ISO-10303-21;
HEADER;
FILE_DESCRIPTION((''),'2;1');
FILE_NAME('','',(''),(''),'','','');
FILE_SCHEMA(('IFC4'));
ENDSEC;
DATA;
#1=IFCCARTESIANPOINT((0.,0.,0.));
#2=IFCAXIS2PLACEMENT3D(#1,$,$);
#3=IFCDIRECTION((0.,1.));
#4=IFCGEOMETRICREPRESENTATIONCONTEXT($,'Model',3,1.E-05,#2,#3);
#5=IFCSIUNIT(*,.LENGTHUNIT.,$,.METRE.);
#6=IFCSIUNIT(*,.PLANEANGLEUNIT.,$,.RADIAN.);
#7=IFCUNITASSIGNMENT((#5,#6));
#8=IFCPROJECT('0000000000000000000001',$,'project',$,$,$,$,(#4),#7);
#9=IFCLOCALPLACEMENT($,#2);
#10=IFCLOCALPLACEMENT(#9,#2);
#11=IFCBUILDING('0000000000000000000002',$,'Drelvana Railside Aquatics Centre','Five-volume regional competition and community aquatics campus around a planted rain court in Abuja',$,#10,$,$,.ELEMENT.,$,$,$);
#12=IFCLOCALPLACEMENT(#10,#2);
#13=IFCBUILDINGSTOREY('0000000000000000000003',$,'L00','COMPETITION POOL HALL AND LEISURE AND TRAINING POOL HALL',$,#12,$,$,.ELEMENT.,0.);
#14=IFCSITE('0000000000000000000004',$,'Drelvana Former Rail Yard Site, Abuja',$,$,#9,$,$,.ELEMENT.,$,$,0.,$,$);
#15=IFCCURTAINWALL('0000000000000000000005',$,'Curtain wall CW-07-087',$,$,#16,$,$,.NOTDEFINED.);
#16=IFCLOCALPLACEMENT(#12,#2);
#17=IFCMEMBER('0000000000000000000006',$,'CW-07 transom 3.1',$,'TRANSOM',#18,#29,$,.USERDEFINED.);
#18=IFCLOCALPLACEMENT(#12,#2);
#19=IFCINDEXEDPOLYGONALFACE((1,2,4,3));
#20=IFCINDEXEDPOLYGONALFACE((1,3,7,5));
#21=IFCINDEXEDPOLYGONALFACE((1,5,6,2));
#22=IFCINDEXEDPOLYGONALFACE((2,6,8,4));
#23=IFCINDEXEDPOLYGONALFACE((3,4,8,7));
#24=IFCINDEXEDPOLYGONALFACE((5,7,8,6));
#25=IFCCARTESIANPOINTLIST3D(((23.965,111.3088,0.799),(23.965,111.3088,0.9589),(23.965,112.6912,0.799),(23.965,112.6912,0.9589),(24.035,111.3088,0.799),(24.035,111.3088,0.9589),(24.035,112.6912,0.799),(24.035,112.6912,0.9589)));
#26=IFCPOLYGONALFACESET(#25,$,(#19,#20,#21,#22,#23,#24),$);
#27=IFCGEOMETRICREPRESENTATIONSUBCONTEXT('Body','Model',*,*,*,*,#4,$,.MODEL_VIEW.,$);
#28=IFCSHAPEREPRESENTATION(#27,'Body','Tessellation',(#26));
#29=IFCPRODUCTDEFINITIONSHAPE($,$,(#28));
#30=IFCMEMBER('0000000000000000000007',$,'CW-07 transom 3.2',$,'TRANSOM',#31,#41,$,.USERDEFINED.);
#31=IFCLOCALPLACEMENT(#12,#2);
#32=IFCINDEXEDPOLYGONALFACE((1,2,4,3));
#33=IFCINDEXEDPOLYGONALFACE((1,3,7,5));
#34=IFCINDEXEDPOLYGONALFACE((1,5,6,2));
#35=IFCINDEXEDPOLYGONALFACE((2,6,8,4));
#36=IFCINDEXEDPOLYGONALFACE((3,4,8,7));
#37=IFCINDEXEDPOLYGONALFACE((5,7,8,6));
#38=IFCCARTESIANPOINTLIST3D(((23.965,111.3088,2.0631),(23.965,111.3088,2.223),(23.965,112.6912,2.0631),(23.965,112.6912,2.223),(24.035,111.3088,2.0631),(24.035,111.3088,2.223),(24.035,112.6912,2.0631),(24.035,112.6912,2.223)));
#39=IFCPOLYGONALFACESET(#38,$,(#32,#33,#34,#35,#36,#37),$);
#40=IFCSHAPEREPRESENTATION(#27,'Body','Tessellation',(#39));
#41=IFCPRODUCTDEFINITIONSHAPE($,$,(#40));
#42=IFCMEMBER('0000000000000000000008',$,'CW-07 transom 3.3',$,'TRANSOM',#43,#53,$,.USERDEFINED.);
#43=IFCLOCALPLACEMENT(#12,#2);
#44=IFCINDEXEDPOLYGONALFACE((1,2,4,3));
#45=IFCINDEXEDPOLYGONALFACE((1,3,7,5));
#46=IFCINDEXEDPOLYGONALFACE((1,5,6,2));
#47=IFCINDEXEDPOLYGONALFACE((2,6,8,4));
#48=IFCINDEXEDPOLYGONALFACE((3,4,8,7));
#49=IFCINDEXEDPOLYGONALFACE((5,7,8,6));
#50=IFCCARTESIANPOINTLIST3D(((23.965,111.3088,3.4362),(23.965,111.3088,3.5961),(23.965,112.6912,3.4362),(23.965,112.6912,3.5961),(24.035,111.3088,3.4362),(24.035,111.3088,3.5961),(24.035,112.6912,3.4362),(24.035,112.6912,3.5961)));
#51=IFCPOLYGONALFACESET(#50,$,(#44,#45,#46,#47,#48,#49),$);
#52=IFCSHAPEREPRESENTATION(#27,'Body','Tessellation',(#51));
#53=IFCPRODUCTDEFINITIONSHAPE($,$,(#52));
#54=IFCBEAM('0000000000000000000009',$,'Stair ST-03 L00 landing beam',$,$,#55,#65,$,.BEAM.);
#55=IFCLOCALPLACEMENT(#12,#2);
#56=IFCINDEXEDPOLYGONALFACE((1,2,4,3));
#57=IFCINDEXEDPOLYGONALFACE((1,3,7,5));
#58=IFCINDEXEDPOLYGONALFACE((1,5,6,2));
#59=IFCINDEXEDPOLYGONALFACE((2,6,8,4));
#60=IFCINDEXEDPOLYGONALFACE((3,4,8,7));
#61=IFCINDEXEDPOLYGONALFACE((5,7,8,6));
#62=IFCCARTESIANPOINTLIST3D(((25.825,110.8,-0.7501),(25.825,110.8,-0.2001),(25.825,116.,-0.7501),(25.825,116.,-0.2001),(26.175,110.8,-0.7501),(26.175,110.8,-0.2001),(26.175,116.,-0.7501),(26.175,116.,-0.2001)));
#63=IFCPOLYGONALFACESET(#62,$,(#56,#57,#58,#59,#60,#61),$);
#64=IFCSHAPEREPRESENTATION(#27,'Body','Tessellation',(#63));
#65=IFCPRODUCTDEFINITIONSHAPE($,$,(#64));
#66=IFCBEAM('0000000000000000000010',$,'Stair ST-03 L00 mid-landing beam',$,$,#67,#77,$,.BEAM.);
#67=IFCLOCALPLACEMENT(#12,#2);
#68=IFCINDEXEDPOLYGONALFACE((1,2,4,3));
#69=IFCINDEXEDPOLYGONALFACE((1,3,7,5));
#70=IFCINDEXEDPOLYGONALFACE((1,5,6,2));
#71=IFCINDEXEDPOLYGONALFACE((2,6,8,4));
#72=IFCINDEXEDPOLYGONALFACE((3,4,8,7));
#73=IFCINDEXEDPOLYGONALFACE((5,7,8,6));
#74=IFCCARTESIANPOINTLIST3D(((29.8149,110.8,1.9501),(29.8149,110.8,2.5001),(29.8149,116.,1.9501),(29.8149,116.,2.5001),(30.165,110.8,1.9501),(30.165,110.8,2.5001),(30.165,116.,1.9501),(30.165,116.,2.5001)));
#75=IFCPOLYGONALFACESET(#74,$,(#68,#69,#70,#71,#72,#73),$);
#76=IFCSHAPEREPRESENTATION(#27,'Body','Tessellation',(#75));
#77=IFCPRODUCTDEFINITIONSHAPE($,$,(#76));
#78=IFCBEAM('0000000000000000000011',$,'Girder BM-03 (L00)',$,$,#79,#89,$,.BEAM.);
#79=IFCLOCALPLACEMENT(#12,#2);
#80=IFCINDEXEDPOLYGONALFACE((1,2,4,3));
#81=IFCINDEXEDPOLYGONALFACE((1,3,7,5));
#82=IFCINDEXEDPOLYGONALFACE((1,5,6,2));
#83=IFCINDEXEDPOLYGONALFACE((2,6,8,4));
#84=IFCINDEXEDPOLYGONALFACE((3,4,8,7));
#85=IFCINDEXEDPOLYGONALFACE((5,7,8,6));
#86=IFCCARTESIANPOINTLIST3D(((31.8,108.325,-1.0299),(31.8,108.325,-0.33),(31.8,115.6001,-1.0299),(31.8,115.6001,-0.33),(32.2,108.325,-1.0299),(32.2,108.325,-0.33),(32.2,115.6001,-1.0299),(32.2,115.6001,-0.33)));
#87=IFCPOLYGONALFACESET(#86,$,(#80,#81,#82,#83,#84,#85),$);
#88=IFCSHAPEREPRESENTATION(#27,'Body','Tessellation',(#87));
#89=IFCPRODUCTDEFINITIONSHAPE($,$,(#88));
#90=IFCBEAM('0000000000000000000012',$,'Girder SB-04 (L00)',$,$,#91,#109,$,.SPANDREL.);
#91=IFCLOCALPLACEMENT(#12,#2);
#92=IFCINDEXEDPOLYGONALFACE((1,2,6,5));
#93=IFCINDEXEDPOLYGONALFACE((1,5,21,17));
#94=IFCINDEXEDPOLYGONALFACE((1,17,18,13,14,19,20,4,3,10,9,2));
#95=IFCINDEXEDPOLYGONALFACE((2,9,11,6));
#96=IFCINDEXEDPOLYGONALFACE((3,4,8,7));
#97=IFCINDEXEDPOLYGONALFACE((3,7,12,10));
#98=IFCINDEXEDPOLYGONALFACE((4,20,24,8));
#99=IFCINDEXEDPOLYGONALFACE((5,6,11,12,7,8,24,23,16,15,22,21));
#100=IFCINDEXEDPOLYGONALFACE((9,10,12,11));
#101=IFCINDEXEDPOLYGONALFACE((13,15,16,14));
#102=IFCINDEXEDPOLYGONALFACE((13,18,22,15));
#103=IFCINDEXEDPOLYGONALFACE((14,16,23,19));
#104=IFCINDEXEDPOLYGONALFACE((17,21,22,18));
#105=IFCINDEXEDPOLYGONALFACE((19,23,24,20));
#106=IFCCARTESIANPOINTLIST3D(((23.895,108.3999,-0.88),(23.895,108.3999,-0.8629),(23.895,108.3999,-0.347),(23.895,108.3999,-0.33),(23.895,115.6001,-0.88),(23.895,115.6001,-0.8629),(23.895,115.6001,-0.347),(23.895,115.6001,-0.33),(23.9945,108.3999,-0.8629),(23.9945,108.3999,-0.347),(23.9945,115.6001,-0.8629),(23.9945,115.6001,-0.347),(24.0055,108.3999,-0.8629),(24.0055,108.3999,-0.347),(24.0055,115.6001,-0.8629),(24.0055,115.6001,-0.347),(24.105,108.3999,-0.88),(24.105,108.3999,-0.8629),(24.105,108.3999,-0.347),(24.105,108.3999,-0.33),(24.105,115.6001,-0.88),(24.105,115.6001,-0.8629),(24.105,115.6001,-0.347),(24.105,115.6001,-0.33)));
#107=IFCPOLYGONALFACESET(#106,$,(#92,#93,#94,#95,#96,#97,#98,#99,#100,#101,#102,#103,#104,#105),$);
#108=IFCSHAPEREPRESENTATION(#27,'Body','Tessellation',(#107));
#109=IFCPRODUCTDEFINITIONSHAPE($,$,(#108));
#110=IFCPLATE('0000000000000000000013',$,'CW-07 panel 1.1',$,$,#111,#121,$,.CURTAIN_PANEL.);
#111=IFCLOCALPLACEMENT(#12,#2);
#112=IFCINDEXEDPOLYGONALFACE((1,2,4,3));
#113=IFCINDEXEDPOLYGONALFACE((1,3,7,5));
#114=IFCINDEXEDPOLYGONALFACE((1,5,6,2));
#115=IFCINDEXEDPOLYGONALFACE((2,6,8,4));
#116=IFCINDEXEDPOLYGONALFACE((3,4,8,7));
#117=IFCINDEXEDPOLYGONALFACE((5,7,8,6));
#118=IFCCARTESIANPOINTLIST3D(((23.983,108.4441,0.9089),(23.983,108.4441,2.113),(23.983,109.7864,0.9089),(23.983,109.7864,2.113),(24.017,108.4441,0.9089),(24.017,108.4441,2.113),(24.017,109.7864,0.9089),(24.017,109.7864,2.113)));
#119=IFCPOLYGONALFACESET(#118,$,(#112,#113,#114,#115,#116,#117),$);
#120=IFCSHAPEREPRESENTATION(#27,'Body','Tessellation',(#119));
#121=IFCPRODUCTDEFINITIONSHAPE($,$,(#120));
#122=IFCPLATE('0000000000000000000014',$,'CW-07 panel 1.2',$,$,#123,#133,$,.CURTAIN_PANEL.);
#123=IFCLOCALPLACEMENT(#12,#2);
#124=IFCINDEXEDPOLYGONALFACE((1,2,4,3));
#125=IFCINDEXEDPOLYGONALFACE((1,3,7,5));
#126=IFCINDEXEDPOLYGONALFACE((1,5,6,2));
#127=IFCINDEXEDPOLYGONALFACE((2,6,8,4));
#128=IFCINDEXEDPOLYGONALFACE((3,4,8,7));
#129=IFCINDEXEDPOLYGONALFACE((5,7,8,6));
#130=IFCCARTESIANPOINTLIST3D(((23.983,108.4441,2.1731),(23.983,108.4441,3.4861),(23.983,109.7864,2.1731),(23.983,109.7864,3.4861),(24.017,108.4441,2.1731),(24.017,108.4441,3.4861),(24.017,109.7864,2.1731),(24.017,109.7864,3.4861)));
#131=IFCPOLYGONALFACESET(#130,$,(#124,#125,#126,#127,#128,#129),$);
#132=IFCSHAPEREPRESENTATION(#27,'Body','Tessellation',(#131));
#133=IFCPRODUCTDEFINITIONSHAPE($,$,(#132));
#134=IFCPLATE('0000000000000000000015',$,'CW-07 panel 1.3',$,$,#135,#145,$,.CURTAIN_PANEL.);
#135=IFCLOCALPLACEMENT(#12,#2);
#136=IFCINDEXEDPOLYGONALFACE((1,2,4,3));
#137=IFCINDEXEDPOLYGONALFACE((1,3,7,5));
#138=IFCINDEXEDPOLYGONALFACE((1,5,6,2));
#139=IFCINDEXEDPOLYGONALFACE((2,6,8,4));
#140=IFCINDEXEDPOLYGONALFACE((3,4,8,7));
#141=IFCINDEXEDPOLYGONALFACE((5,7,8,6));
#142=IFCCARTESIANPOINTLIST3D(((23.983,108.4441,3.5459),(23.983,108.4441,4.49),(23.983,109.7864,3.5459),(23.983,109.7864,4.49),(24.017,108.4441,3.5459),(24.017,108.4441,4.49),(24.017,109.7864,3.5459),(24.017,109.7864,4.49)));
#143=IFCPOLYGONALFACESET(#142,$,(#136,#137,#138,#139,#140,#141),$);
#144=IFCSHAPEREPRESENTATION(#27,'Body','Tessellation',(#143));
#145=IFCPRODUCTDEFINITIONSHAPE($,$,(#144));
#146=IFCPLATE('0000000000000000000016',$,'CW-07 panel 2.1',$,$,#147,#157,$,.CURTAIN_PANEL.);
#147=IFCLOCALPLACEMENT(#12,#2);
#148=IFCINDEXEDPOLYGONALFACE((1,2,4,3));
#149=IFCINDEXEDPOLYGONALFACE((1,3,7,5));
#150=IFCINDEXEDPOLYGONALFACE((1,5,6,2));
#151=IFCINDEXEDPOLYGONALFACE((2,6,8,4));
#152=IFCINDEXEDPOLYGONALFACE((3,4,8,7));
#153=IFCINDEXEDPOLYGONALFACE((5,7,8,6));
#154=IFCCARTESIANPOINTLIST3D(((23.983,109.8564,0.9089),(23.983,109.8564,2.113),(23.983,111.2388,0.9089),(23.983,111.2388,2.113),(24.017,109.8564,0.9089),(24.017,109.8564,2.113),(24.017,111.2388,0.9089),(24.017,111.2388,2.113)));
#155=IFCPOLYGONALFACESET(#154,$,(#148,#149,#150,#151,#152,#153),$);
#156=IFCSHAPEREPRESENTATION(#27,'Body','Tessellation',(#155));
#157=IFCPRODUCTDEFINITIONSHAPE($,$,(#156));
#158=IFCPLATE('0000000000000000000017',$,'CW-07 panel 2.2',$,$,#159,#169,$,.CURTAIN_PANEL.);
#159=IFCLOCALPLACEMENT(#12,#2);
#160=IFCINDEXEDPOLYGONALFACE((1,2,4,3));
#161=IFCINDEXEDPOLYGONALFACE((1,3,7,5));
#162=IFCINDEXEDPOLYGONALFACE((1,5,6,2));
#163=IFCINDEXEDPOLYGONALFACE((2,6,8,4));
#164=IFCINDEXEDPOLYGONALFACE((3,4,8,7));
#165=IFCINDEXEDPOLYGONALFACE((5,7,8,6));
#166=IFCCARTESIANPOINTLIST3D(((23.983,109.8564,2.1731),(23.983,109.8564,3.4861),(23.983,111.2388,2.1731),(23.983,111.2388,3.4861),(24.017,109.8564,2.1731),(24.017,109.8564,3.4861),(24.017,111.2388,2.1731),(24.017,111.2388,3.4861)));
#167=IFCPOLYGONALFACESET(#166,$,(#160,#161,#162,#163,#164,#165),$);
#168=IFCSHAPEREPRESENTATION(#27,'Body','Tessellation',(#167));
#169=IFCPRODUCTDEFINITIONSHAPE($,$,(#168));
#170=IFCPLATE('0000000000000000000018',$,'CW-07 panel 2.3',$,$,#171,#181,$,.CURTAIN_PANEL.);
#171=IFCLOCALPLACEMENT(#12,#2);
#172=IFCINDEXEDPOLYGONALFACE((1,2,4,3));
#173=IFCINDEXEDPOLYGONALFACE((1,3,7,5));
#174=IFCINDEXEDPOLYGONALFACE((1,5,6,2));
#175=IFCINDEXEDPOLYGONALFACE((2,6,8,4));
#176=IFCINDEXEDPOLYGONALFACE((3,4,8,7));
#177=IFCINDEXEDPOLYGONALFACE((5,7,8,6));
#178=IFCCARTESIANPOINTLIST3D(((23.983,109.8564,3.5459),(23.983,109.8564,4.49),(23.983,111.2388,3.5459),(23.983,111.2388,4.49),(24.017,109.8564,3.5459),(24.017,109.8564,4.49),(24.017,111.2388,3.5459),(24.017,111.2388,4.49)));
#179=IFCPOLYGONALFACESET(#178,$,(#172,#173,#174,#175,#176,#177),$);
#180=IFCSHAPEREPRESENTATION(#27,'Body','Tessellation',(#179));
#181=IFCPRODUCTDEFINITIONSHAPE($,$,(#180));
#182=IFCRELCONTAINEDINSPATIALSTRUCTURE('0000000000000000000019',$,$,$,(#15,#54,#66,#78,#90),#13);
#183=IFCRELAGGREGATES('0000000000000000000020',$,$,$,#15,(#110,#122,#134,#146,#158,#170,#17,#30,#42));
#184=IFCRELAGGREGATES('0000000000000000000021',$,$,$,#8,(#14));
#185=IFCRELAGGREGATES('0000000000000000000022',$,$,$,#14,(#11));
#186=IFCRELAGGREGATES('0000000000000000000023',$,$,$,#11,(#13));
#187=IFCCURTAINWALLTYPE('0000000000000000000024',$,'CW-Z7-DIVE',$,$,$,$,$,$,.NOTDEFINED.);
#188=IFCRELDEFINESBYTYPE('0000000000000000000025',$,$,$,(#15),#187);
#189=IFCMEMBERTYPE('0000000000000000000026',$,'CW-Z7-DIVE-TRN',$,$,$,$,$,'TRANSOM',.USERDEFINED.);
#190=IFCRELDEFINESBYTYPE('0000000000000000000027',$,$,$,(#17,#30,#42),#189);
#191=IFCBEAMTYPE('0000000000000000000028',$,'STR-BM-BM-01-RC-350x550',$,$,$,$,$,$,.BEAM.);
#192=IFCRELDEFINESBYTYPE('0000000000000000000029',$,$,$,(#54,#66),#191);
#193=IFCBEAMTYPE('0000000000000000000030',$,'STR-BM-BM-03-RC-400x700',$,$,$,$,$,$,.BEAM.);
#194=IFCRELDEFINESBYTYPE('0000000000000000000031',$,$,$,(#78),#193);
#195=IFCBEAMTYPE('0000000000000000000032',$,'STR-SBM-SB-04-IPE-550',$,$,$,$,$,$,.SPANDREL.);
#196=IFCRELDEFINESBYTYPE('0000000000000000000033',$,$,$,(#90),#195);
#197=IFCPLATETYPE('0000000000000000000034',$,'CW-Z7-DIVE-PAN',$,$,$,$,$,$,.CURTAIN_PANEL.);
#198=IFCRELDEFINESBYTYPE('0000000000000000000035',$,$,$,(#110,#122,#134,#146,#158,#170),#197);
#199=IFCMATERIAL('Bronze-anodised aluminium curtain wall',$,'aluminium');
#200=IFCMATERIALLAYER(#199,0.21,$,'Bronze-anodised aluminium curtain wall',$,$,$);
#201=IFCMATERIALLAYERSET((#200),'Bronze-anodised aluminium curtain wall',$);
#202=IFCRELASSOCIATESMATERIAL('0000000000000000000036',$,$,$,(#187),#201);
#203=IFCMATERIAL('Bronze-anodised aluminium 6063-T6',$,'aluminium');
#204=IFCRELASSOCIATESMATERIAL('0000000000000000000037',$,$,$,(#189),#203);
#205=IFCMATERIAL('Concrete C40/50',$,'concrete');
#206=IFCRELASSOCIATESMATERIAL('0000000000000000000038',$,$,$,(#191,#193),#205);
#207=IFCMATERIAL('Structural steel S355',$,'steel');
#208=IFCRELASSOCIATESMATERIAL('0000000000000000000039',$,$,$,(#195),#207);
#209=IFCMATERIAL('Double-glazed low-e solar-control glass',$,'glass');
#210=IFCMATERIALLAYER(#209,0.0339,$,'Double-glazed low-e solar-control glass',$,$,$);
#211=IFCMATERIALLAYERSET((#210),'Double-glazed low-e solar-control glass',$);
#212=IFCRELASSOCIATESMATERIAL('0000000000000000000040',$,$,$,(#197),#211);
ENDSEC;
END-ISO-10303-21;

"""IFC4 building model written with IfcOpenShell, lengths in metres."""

from ifc_helpers import new_model, si_unit, direction, frame, origin, origin_2d, place, context, subcontext, project, spatial, rectangle, i_section, extrude, material, layer, layer_set, material_profile, profile_set, type_object, element, aggregate, save


model = new_model("IFC4")

# Units and contexts
model_context = context("Model", 3, precision=1e-05, world=origin(), true_north=direction((0.0, 1.0)))
body_context = subcontext(model_context, "Body", "Model", "MODEL_VIEW")
ifc_project = project(units=[si_unit("LENGTHUNIT", "METRE"), si_unit("PLANEANGLEUNIT", "RADIAN")], contexts=[model_context])

# Site, building, storey
site_placement = place(None, origin())
site = spatial("IfcSite", under=ifc_project, at=site_placement, Name="Drelvana Former Rail Yard Site, Abuja", CompositionType="ELEMENT", RefElevation=0.0)
building_placement = place(site_placement, origin())
building = spatial("IfcBuilding", under=site, at=building_placement, Name="Drelvana Railside Aquatics Centre", Description="Five-volume regional competition and community aquatics campus around a planted rain court in Abuja", CompositionType="ELEMENT")
storey_placement = place(building_placement, origin())
storey = spatial("IfcBuildingStorey", under=building, at=storey_placement, Name="L00", Description="COMPETITION POOL HALL AND LEISURE AND TRAINING POOL HALL", CompositionType="ELEMENT", Elevation=0.0)

# Shared definitions
ifc_material_1 = material(Name="Concrete C40/50", Category="concrete")

# Shared definitions
ifc_material_2 = material(Name="Bronze-anodised aluminium curtain wall", Category="aluminium")
ifc_layer_1 = layer(ifc_material_2, 0.21, Name="Bronze-anodised aluminium curtain wall")
ifc_layer_set_1 = layer_set([ifc_layer_1], Name="Bronze-anodised aluminium curtain wall")
curtain_wall_type = type_object("IfcCurtainWallType", Name="CW-Z7-DIVE", PredefinedType="NOTDEFINED", material=ifc_layer_set_1)
ifc_material_3 = material(Name="Bronze-anodised aluminium 6063-T6", Category="aluminium")

# Curtain wall, members
curtain_wall_1_placement = place(storey_placement, origin())
curtain_wall_1 = element("IfcCurtainWall", 1, at=curtain_wall_1_placement, inside=storey, type_object=curtain_wall_type, Name="Curtain wall CW-07-087", PredefinedType="NOTDEFINED")
ifc_material_profile_1 = material_profile(ifc_material_3, rectangle(XDim=0.1599, YDim=0.0701, at=origin_2d()), Name="ALU-T 70x160")
ifc_profile_set_1 = profile_set([ifc_material_profile_1], Name="Bronze-anodised aluminium 6063-T6")
member_type_1 = type_object("IfcMemberType", Name="CW-Z7-DIVE-TRN", ElementType="TRANSOM", PredefinedType="USERDEFINED", material=ifc_profile_set_1)
member_1_placement = place(storey_placement, frame((24.0, 111.3088, 0.8789), z_axis=(0.0, 1.0, 0.0), x_axis=(0.0, 0.0, 1.0)))
member_1 = element("IfcMember", 2, at=member_1_placement, type_object=member_type_1, Name="CW-07 transom 3.1", ObjectType="TRANSOM", PredefinedType="USERDEFINED", context=body_context, shape_type="SweptSolid", body=[
    extrude(rectangle(XDim=0.1599, YDim=0.0701, at=origin_2d()), origin(), (0.0, 0.0, 1.0), 1.3823),
])
member_2_placement = place(storey_placement, frame((24.0, 111.3088, 2.1431), z_axis=(0.0, 1.0, 0.0), x_axis=(0.0, 0.0, 1.0)))
member_2 = element("IfcMember", 3, at=member_2_placement, type_object=member_type_1, Name="CW-07 transom 3.2", ObjectType="TRANSOM", PredefinedType="USERDEFINED", context=body_context, shape_type="SweptSolid", body=[
    extrude(rectangle(XDim=0.1599, YDim=0.0701, at=origin_2d()), origin(), (0.0, 0.0, 1.0), 1.3823),
])
member_3_placement = place(storey_placement, frame((24.0, 111.3088, 3.5161), z_axis=(0.0, 1.0, 0.0), x_axis=(0.0, 0.0, 1.0)))
member_3 = element("IfcMember", 4, at=member_3_placement, type_object=member_type_1, Name="CW-07 transom 3.3", ObjectType="TRANSOM", PredefinedType="USERDEFINED", context=body_context, shape_type="SweptSolid", body=[
    extrude(rectangle(XDim=0.1599, YDim=0.0701, at=origin_2d()), origin(), (0.0, 0.0, 1.0), 1.3823),
])

# Beams
ifc_material_profile_2 = material_profile(ifc_material_1, rectangle(XDim=0.3501, YDim=0.55, at=origin_2d()), Name="RC 350x550")
ifc_profile_set_2 = profile_set([ifc_material_profile_2], Name="Concrete C40/50")
beam_type_1 = type_object("IfcBeamType", Name="STR-BM-BM-01-RC-350x550", PredefinedType="BEAM", material=ifc_profile_set_2)
for number, where, z_axis, x_axis, name in (
    (5, (26.0, 110.8, -0.4751), (0.0, 1.0, 0.0), (-1.0, 0.0, 0.0), "Stair ST-03 L00 landing beam"),
    (6, (29.99, 110.8, 2.2251), (0.0, 1.0, 0.0), (-1.0, 0.0, 0.0), "Stair ST-03 L00 mid-landing beam"),
):
    element("IfcBeam", number, at=place(storey_placement, frame(where, z_axis=z_axis, x_axis=x_axis)), inside=storey, type_object=beam_type_1, Name=name, PredefinedType="BEAM", context=body_context, shape_type="SweptSolid", body=[
        extrude(rectangle(XDim=0.3501, YDim=0.55, at=origin_2d()), origin(), (0.0, 0.0, 1.0), 5.2),
    ])
ifc_material_profile_3 = material_profile(ifc_material_1, rectangle(XDim=0.3999, YDim=0.7, at=origin_2d()), Name="RC 400x700")
ifc_profile_set_3 = profile_set([ifc_material_profile_3], Name="Concrete C40/50")
beam_type_2 = type_object("IfcBeamType", Name="STR-BM-BM-03-RC-400x700", PredefinedType="BEAM", material=ifc_profile_set_3)
beam_1_placement = place(storey_placement, frame((32.0, 108.325, -0.6799), z_axis=(0.0, 1.0, 0.0), x_axis=(-1.0, 0.0, 0.0)))
element("IfcBeam", 7, at=beam_1_placement, inside=storey, type_object=beam_type_2, Name="Girder BM-03 (L00)", PredefinedType="BEAM", context=body_context, shape_type="SweptSolid", body=[
    extrude(rectangle(XDim=0.3999, YDim=0.7, at=origin_2d()), origin(), (0.0, 0.0, 1.0), 7.2751),
])
ifc_material_4 = material(Name="Structural steel S355", Category="steel")
ifc_material_profile_4 = material_profile(ifc_material_4, i_section(OverallWidth=0.21, OverallDepth=0.55, WebThickness=0.011, FlangeThickness=0.0171, at=origin_2d()), Name="IPE 550")
ifc_profile_set_4 = profile_set([ifc_material_profile_4], Name="Structural steel S355")
beam_type_3 = type_object("IfcBeamType", Name="STR-SBM-SB-04-IPE-550", PredefinedType="SPANDREL", material=ifc_profile_set_4)
beam_2_placement = place(storey_placement, frame((24.0, 108.3999, -0.605), z_axis=(0.0, 1.0, 0.0), x_axis=(-1.0, 0.0, 0.0)))
element("IfcBeam", 8, at=beam_2_placement, inside=storey, type_object=beam_type_3, Name="Girder SB-04 (L00)", PredefinedType="SPANDREL", context=body_context, shape_type="SweptSolid", body=[
    extrude(i_section(OverallWidth=0.21, OverallDepth=0.55, WebThickness=0.011, FlangeThickness=0.0171, at=origin_2d()), origin(), (0.0, 0.0, 1.0), 7.2002),
])

# Plates
ifc_material_5 = material(Name="Double-glazed low-e solar-control glass", Category="glass")
ifc_layer_2 = layer(ifc_material_5, 0.0339, Name="Double-glazed low-e solar-control glass")
ifc_layer_set_2 = layer_set([ifc_layer_2], Name="Double-glazed low-e solar-control glass")
plate_type = type_object("IfcPlateType", Name="CW-Z7-DIVE-PAN", PredefinedType="CURTAIN_PANEL", material=ifc_layer_set_2)
plate_1_placement = place(storey_placement, frame((24.0, 109.1152, 0.9089), z_axis=(0.0, 0.0, 1.0), x_axis=(0.0, 1.0, 0.0)))
plate_1 = element("IfcPlate", 9, at=plate_1_placement, type_object=plate_type, Name="CW-07 panel 1.1", PredefinedType="CURTAIN_PANEL", context=body_context, shape_type="SweptSolid", body=[
    extrude(rectangle(XDim=1.3423, YDim=0.0339, at=origin_2d()), origin(), (0.0, 0.0, 1.0), 1.2041),
])
plate_2_placement = place(storey_placement, frame((24.0, 109.1152, 2.1731), z_axis=(0.0, 0.0, 1.0), x_axis=(0.0, 1.0, 0.0)))
plate_2 = element("IfcPlate", 10, at=plate_2_placement, type_object=plate_type, Name="CW-07 panel 1.2", PredefinedType="CURTAIN_PANEL", context=body_context, shape_type="SweptSolid", body=[
    extrude(rectangle(XDim=1.3423, YDim=0.0339, at=origin_2d()), origin(), (0.0, 0.0, 1.0), 1.313),
])
plate_3_placement = place(storey_placement, frame((24.0, 109.1152, 3.5459), z_axis=(0.0, 0.0, 1.0), x_axis=(0.0, 1.0, 0.0)))
plate_3 = element("IfcPlate", 11, at=plate_3_placement, type_object=plate_type, Name="CW-07 panel 1.3", PredefinedType="CURTAIN_PANEL", context=body_context, shape_type="SweptSolid", body=[
    extrude(rectangle(XDim=1.3423, YDim=0.0339, at=origin_2d()), origin(), (0.0, 0.0, 1.0), 0.9441),
])
plate_4_placement = place(storey_placement, frame((24.0, 110.5476, 0.9089), z_axis=(0.0, 0.0, 1.0), x_axis=(0.0, 1.0, 0.0)))
plate_4 = element("IfcPlate", 12, at=plate_4_placement, type_object=plate_type, Name="CW-07 panel 2.1", PredefinedType="CURTAIN_PANEL", context=body_context, shape_type="SweptSolid", body=[
    extrude(rectangle(XDim=1.3823, YDim=0.0339, at=origin_2d()), origin(), (0.0, 0.0, 1.0), 1.2041),
])
plate_5_placement = place(storey_placement, frame((24.0, 110.5476, 2.1731), z_axis=(0.0, 0.0, 1.0), x_axis=(0.0, 1.0, 0.0)))
plate_5 = element("IfcPlate", 13, at=plate_5_placement, type_object=plate_type, Name="CW-07 panel 2.2", PredefinedType="CURTAIN_PANEL", context=body_context, shape_type="SweptSolid", body=[
    extrude(rectangle(XDim=1.3823, YDim=0.0339, at=origin_2d()), origin(), (0.0, 0.0, 1.0), 1.313),
])
plate_6_placement = place(storey_placement, frame((24.0, 110.5476, 3.5459), z_axis=(0.0, 0.0, 1.0), x_axis=(0.0, 1.0, 0.0)))
plate_6 = element("IfcPlate", 14, at=plate_6_placement, type_object=plate_type, Name="CW-07 panel 2.3", PredefinedType="CURTAIN_PANEL", context=body_context, shape_type="SweptSolid", body=[
    extrude(rectangle(XDim=1.3823, YDim=0.0339, at=origin_2d()), origin(), (0.0, 0.0, 1.0), 0.9441),
])
aggregate(curtain_wall_1, [plate_1, plate_2, plate_3, plate_4, plate_5, plate_6, member_1, member_2, member_3])

save(model, "model.ifc")
